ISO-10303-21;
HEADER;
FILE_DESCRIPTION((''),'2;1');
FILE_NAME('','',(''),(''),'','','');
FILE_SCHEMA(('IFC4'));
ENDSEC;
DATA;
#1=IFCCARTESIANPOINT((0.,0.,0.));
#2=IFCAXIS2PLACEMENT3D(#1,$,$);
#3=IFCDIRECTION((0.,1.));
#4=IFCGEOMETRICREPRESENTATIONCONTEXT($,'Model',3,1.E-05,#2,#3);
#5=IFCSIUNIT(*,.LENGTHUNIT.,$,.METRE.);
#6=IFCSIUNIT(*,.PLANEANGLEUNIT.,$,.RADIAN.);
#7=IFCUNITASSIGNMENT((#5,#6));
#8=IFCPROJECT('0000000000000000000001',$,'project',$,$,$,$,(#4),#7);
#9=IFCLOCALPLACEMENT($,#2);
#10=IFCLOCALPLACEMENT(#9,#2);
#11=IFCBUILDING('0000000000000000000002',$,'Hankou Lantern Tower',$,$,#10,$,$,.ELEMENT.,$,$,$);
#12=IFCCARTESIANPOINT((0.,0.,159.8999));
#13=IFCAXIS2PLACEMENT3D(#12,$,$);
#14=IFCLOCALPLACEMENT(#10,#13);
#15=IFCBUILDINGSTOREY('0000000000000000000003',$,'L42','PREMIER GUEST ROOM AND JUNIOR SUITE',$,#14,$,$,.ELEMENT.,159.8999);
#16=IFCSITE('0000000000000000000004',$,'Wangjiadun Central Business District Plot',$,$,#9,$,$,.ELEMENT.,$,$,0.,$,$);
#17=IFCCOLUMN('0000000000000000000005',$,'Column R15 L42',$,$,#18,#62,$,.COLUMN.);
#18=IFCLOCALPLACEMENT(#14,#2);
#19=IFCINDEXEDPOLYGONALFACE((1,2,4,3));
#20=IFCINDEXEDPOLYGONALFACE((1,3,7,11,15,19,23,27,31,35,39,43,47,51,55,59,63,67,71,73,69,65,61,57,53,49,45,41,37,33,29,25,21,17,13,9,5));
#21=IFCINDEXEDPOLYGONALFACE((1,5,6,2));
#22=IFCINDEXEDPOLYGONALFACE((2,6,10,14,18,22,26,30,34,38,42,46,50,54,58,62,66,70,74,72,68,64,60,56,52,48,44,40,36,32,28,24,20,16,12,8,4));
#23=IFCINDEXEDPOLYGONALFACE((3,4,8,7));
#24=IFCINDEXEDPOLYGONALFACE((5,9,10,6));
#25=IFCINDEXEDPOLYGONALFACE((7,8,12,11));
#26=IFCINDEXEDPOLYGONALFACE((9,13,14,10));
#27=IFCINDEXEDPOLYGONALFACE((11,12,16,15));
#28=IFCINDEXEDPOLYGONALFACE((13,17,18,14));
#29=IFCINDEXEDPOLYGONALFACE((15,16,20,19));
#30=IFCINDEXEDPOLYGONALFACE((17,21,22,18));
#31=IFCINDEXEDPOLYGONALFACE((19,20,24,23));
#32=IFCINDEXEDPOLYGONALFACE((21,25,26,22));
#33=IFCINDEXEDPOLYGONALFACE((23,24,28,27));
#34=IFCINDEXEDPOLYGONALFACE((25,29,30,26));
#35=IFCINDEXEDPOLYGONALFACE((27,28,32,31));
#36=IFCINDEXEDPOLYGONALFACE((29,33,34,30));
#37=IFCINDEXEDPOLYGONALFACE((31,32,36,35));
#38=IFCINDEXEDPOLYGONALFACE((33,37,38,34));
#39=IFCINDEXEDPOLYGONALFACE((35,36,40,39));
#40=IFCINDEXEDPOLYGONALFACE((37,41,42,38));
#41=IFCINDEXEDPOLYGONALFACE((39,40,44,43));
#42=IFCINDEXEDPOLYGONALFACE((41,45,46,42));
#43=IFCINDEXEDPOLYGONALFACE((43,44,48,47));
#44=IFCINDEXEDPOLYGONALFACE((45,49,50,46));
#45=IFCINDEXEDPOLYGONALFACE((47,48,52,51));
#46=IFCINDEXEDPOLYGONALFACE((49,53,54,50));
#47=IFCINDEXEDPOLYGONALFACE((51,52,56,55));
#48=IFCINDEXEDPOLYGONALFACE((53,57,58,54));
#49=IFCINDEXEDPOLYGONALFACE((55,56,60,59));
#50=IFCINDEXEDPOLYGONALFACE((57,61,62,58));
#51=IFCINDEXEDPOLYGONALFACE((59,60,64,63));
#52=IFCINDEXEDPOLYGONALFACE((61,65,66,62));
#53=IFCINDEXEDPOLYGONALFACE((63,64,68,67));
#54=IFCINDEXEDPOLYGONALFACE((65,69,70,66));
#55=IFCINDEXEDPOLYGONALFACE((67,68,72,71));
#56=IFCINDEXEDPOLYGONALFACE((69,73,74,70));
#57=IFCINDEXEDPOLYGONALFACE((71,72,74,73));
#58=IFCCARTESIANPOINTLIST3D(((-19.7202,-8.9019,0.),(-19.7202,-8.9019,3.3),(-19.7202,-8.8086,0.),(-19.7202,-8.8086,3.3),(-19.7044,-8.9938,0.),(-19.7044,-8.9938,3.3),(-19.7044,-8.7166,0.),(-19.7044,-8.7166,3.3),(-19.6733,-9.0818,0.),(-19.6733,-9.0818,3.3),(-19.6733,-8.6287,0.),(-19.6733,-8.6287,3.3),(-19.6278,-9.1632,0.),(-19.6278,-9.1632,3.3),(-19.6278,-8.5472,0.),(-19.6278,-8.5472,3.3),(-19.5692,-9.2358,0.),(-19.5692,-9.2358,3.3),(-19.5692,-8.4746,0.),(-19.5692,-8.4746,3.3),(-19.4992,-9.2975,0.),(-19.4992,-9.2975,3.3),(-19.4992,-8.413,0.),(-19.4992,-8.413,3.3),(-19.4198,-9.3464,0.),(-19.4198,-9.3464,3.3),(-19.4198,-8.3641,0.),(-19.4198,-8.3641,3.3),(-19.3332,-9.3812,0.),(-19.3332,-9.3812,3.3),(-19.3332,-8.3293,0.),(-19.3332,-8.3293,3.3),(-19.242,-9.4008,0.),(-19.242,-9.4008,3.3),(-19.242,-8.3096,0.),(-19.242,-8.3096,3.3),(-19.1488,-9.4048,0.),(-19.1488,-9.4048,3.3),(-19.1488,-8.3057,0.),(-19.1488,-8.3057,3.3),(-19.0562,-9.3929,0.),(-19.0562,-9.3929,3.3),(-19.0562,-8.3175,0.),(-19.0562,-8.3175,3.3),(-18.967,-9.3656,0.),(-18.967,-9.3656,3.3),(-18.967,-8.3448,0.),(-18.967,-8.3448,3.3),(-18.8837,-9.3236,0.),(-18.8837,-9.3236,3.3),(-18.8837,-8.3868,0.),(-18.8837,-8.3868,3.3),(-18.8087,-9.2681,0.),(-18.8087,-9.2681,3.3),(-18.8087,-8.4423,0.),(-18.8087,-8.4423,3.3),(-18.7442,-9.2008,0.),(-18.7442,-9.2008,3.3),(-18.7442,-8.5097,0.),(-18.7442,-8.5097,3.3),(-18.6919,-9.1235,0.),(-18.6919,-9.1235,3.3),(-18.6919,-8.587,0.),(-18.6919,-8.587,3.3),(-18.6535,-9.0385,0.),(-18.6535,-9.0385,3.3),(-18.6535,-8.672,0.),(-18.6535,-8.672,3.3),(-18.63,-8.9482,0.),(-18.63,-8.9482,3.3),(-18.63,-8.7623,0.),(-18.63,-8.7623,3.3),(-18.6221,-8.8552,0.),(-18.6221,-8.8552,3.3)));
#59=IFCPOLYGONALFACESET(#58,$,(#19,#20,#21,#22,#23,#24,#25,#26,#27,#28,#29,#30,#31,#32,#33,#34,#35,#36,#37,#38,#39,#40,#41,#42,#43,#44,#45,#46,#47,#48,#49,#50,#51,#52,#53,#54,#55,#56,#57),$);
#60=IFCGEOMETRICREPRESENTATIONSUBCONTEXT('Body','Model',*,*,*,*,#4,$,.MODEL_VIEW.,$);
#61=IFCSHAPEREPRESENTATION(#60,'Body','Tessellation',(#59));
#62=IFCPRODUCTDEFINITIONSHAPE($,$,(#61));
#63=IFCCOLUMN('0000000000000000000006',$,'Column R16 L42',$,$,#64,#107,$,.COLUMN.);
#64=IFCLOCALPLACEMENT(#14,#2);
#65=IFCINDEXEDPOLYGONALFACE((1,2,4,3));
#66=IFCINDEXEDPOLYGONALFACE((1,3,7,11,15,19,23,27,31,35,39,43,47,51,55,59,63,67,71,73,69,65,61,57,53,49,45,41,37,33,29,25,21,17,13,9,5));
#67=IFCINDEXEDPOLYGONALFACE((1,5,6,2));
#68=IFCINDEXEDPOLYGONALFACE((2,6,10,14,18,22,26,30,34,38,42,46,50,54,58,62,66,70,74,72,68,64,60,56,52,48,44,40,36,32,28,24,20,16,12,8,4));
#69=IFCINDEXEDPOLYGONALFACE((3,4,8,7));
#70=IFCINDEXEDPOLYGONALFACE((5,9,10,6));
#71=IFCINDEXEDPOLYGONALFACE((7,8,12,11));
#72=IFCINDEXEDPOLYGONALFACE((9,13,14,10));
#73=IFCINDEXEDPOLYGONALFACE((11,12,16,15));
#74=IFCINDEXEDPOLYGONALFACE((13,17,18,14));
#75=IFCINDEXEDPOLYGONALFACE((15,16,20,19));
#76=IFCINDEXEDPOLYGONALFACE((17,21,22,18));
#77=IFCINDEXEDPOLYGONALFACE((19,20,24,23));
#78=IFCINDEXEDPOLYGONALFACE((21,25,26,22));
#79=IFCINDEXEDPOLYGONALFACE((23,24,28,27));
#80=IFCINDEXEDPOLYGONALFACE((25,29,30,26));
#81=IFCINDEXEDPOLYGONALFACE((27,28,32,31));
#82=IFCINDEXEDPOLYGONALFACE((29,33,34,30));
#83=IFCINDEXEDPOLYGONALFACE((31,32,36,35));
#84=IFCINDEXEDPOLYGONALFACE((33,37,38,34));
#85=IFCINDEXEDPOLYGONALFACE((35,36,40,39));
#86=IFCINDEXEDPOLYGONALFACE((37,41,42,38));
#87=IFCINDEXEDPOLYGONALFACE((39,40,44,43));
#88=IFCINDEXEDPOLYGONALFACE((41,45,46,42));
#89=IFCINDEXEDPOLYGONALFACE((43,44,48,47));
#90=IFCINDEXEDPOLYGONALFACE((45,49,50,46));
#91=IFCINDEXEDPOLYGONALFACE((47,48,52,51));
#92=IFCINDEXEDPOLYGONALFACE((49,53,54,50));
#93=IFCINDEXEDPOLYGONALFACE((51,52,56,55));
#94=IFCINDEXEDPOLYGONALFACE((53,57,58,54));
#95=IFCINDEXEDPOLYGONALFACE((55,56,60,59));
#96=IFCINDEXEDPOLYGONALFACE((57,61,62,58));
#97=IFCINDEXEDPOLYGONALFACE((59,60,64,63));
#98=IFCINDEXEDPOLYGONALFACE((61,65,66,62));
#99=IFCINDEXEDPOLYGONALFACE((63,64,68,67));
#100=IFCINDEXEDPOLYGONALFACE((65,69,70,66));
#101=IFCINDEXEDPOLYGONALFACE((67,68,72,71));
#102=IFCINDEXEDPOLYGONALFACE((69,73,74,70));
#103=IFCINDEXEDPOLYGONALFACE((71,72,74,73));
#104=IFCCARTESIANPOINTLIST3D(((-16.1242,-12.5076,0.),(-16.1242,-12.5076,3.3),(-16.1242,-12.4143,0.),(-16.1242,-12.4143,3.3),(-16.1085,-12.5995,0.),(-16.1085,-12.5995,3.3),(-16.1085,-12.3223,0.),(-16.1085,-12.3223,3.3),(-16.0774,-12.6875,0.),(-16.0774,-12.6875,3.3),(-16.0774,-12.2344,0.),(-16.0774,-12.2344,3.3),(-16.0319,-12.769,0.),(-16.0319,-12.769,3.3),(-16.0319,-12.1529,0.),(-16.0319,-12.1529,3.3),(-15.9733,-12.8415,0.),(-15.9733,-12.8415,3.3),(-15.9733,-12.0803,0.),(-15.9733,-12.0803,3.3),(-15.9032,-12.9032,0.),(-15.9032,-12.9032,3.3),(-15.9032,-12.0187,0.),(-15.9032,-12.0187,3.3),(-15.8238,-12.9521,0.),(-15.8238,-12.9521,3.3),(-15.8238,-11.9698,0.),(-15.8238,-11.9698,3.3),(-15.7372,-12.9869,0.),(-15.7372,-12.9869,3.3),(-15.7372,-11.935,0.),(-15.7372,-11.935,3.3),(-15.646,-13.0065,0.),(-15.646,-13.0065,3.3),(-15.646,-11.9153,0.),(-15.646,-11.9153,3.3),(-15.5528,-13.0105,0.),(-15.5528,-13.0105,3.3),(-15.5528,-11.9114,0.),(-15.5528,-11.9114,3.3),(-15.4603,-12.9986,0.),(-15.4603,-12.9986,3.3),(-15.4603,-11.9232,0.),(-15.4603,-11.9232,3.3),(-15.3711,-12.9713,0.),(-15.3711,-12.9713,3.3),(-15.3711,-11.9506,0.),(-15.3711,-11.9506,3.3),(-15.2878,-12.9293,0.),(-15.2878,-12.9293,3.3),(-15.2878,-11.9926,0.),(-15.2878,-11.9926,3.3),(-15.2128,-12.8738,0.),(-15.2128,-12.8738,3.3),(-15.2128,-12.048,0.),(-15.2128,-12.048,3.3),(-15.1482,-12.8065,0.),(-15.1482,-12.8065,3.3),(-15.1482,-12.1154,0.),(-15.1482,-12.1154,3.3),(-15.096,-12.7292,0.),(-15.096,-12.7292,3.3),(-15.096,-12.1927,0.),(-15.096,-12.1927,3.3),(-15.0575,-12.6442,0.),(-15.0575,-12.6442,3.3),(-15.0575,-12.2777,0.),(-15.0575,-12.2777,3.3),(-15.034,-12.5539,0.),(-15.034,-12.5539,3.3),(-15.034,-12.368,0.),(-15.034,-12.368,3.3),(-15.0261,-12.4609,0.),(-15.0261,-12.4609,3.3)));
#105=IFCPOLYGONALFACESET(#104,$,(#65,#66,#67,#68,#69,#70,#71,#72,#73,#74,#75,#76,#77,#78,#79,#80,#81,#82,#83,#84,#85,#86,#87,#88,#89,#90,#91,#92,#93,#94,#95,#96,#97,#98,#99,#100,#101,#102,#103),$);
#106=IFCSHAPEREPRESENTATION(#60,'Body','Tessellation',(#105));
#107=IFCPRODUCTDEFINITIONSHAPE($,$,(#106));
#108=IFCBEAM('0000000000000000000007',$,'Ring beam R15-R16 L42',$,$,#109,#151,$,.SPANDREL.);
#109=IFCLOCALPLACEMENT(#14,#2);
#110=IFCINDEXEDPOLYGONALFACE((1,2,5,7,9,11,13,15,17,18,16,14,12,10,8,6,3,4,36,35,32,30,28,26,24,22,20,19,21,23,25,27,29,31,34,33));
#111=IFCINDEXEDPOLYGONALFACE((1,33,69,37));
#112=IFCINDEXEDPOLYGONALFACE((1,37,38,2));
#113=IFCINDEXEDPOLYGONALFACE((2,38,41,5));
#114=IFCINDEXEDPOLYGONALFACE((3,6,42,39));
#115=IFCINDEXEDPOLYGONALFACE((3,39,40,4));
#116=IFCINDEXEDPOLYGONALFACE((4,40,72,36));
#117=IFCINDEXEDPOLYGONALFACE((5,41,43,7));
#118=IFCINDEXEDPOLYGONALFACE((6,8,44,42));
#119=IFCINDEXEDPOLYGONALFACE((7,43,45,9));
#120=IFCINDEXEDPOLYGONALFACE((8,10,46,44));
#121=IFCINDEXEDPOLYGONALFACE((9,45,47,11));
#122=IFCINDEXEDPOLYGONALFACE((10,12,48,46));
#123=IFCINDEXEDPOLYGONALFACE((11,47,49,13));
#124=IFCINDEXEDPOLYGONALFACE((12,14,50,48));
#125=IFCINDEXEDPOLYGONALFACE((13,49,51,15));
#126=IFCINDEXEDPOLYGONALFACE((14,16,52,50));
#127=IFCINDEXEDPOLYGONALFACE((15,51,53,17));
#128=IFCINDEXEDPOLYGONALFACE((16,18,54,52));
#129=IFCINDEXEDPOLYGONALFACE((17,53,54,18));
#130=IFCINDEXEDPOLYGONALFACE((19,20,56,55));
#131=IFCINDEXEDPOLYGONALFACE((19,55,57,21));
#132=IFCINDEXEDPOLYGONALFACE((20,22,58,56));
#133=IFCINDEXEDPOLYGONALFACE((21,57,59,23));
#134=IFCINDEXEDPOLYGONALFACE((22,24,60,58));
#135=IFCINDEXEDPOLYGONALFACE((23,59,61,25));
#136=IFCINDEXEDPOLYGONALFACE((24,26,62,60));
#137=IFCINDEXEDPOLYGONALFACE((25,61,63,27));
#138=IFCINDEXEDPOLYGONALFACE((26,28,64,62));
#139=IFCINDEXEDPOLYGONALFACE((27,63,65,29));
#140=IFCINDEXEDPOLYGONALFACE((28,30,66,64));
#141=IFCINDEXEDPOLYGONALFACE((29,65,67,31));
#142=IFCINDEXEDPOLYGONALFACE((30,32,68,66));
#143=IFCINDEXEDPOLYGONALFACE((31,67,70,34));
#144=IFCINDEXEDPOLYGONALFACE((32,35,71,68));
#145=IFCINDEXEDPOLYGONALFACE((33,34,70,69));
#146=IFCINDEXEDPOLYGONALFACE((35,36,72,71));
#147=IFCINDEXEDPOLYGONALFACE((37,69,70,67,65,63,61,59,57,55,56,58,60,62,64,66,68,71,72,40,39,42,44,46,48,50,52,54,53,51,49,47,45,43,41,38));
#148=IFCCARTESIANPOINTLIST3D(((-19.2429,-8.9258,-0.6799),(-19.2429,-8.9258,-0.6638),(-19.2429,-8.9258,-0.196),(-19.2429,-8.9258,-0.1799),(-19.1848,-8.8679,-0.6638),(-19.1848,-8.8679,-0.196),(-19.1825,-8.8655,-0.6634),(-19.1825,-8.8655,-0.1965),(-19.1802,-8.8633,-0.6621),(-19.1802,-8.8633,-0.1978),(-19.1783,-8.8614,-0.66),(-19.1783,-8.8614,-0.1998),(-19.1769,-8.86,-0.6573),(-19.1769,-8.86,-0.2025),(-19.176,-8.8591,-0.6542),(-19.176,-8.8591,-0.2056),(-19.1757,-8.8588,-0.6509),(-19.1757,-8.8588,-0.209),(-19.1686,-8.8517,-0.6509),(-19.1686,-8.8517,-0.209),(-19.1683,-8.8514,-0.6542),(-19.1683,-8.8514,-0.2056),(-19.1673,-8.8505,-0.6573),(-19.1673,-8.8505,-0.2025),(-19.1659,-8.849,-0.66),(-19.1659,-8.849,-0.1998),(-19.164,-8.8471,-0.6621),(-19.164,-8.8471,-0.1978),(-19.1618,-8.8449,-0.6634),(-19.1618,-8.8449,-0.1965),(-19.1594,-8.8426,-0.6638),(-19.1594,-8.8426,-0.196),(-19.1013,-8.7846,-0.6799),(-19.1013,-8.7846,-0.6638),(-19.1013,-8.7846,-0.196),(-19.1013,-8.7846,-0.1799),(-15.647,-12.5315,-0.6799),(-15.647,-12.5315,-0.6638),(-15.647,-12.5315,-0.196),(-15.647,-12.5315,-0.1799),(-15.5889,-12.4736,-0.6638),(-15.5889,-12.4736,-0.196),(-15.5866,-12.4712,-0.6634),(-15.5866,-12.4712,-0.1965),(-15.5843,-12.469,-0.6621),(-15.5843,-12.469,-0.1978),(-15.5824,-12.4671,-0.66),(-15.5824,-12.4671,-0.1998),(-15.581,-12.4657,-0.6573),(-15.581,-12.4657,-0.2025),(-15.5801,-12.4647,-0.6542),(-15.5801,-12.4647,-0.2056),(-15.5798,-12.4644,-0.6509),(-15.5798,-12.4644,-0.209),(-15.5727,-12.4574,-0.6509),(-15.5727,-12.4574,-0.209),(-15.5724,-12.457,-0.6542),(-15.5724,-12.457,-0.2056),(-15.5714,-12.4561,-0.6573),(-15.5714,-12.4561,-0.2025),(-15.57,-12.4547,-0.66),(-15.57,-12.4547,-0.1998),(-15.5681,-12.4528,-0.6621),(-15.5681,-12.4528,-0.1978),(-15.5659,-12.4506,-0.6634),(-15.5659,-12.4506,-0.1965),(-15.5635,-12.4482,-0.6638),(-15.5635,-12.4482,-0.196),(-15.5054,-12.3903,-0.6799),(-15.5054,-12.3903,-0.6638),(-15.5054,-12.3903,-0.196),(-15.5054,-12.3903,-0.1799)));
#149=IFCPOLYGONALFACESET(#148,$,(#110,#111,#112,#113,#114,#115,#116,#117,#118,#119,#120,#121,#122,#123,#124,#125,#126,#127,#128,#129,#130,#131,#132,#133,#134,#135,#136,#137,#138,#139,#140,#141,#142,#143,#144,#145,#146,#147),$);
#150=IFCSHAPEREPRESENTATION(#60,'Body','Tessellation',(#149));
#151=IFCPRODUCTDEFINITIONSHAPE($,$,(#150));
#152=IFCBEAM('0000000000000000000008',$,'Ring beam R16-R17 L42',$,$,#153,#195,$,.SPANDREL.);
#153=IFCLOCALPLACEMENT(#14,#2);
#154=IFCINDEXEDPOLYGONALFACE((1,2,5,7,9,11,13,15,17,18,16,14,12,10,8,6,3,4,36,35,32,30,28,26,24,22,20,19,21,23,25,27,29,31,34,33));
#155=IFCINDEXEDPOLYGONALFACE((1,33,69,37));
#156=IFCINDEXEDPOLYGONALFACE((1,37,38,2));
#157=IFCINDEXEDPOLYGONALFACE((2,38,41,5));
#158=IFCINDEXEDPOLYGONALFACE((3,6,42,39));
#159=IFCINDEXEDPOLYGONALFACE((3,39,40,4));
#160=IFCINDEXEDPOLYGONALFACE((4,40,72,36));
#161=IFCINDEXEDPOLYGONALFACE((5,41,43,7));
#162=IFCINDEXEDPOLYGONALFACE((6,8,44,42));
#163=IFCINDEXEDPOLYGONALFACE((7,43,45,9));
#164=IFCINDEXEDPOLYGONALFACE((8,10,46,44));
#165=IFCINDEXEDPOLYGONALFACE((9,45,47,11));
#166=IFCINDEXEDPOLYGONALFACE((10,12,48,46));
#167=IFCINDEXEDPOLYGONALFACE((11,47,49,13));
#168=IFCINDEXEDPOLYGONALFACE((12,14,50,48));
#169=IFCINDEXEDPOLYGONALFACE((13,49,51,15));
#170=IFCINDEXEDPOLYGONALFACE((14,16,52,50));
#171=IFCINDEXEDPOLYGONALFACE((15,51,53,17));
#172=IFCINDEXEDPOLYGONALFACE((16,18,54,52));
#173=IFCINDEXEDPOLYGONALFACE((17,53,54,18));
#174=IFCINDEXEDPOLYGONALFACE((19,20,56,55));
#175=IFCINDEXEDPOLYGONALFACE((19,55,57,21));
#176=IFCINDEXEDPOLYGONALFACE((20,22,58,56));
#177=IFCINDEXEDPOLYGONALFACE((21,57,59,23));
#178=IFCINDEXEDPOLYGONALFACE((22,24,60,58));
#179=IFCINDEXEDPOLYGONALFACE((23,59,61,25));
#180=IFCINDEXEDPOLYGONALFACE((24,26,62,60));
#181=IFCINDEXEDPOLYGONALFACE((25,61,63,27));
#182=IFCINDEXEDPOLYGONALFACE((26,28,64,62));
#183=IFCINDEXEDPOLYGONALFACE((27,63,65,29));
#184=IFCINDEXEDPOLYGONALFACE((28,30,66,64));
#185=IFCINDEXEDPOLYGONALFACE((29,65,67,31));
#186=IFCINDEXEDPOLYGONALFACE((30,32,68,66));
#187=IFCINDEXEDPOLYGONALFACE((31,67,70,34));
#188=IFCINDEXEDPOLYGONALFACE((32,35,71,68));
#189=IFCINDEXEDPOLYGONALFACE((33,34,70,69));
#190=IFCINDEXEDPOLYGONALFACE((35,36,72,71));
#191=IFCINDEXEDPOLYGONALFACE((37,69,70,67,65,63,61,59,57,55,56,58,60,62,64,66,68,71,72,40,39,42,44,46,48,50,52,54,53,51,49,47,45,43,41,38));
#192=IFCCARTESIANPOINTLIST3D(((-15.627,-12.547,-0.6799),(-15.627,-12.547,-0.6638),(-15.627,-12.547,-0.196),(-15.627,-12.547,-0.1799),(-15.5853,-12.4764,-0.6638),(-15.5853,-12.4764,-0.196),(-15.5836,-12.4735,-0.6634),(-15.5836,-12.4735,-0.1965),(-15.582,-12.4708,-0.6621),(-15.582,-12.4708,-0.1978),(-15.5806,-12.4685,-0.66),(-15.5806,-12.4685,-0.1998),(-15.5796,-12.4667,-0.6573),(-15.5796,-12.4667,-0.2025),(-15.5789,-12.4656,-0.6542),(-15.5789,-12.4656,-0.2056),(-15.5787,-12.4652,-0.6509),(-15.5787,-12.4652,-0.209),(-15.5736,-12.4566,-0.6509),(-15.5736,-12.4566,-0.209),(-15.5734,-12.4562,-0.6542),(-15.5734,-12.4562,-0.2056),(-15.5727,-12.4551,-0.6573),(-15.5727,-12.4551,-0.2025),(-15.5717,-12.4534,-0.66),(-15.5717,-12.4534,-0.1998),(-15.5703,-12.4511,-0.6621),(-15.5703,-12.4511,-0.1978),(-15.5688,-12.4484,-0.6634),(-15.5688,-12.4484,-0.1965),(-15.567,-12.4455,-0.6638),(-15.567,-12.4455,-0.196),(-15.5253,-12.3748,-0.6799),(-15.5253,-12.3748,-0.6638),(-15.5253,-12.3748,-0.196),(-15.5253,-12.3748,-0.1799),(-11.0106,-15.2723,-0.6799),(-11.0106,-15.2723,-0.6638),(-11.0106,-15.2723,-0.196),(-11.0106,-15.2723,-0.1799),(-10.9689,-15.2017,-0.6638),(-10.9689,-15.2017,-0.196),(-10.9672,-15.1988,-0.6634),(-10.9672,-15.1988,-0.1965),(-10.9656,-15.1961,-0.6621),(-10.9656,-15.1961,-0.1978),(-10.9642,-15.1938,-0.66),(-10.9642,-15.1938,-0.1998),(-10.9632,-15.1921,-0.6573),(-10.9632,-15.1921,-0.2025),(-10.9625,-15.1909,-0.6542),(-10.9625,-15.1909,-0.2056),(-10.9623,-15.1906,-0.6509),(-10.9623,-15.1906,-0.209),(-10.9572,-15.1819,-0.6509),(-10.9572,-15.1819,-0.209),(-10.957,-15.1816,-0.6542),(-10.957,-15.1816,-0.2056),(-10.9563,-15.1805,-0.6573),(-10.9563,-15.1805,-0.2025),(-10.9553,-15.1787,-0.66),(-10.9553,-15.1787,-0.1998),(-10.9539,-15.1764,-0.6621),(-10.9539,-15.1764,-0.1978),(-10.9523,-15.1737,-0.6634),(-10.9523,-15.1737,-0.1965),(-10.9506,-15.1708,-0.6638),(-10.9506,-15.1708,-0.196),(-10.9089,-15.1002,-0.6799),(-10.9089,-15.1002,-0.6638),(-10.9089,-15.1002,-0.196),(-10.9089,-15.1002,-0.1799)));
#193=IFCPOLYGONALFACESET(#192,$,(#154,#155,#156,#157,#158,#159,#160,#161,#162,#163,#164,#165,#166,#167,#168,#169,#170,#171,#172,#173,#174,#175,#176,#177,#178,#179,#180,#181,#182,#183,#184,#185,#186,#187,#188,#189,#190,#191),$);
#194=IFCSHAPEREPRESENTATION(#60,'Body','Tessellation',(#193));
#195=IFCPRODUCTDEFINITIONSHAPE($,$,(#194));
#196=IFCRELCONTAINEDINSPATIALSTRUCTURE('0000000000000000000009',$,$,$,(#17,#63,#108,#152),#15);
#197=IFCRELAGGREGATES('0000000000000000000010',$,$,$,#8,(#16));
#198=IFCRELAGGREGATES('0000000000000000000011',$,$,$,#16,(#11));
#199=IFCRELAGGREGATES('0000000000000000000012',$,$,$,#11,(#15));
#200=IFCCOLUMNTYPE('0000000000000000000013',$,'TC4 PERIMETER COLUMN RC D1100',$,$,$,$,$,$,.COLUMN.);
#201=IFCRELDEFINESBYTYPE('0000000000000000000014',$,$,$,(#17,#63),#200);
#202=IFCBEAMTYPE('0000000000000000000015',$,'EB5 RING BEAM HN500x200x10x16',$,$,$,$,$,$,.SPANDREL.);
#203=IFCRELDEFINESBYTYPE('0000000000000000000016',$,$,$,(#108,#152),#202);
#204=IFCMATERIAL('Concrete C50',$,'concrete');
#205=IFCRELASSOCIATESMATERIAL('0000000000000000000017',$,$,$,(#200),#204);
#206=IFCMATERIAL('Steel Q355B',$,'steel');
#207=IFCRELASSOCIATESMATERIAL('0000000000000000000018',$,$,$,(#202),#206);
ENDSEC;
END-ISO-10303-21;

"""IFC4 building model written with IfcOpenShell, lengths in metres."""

from ifc_helpers import new_model, si_unit, direction, frame, origin, origin_2d, place, context, subcontext, project, spatial, circle, i_section, extrude, material, material_profile, profile_set, type_object, element, save


model = new_model("IFC4")

# Units and contexts
model_context = context("Model", 3, precision=1e-05, world=origin(), true_north=direction((0.0, 1.0)))
body_context = subcontext(model_context, "Body", "Model", "MODEL_VIEW")
ifc_project = project(units=[si_unit("LENGTHUNIT", "METRE"), si_unit("PLANEANGLEUNIT", "RADIAN")], contexts=[model_context])

# Site, building, storey
site_placement = place(None, origin())
site = spatial("IfcSite", under=ifc_project, at=site_placement, Name="Wangjiadun Central Business District Plot", CompositionType="ELEMENT", RefElevation=0.0)
building_placement = place(site_placement, origin())
building = spatial("IfcBuilding", under=site, at=building_placement, Name="Hankou Lantern Tower", CompositionType="ELEMENT")
storey_placement = place(building_placement, frame((0.0, 0.0, 159.8999)))
storey = spatial("IfcBuildingStorey", under=building, at=storey_placement, Name="L42", Description="PREMIER GUEST ROOM AND JUNIOR SUITE", CompositionType="ELEMENT", Elevation=159.8999)

# Columns
ifc_material_1 = material(Name="Concrete C50", Category="concrete")
ifc_material_profile_1 = material_profile(ifc_material_1, circle(Radius=0.55, at=origin_2d()), Name="RC D1100")
ifc_profile_set_1 = profile_set([ifc_material_profile_1], Name="Concrete C50")
column_type = type_object("IfcColumnType", Name="TC4 PERIMETER COLUMN RC D1100", PredefinedType="COLUMN", material=ifc_profile_set_1)
for number, where, z_axis, x_axis, name in (
    (1, (-19.1721, -8.8552, 0.0), (0.0, 0.0, 1.0), (1.0, 0.0, 0.0), "Column R15 L42"),
    (2, (-15.5762, -12.4609, 0.0), (0.0, 0.0, 1.0), (1.0, 0.0, 0.0), "Column R16 L42"),
):
    element("IfcColumn", number, at=place(storey_placement, frame(where, z_axis=z_axis, x_axis=x_axis)), inside=storey, type_object=column_type, Name=name, PredefinedType="COLUMN", context=body_context, shape_type="SweptSolid", body=[
        extrude(circle(Radius=0.55, at=origin_2d()), origin(), (0.0, 0.0, 1.0), 3.3),
    ])

# Beams
ifc_material_2 = material(Name="Steel Q355B", Category="steel")
ifc_material_profile_2 = material_profile(ifc_material_2, i_section(OverallWidth=0.2, OverallDepth=0.5, WebThickness=0.01, FlangeThickness=0.0161, FilletRadius=0.0129, at=origin_2d()), Name="HN500x200x10x16")
ifc_profile_set_2 = profile_set([ifc_material_profile_2], Name="Steel Q355B")
beam_type_1 = type_object("IfcBeamType", Name="EB5 RING BEAM HN500x200x10x16", PredefinedType="SPANDREL", material=ifc_profile_set_2)
beam_1_placement = place(storey_placement, frame((-19.1721, -8.8552, -0.4299), z_axis=(0.706147, -0.708065, 0.0), x_axis=(0.708065, 0.706147, 0.0)))
element("IfcBeam", 3, at=beam_1_placement, inside=storey, type_object=beam_type_1, Name="Ring beam R15-R16 L42", PredefinedType="SPANDREL", context=body_context, shape_type="SweptSolid", body=[
    extrude(i_section(OverallWidth=0.2, OverallDepth=0.5, WebThickness=0.01, FlangeThickness=0.0161, FilletRadius=0.0129, at=origin_2d()), origin(), (0.0, 0.0, 1.0), 5.0923),
])
beam_2_placement = place(storey_placement, frame((-15.5762, -12.4609, -0.4299), z_axis=(0.861136, -0.508375, 0.0), x_axis=(0.508375, 0.861136, 0.0)))
element("IfcBeam", 4, at=beam_2_placement, inside=storey, type_object=beam_type_1, Name="Ring beam R16-R17 L42", PredefinedType="SPANDREL", context=body_context, shape_type="SweptSolid", body=[
    extrude(i_section(OverallWidth=0.2, OverallDepth=0.5, WebThickness=0.01, FlangeThickness=0.0161, FilletRadius=0.0129, at=origin_2d()), origin(), (0.0, 0.0, 1.0), 5.3608),
])

save(model, "model.ifc")
